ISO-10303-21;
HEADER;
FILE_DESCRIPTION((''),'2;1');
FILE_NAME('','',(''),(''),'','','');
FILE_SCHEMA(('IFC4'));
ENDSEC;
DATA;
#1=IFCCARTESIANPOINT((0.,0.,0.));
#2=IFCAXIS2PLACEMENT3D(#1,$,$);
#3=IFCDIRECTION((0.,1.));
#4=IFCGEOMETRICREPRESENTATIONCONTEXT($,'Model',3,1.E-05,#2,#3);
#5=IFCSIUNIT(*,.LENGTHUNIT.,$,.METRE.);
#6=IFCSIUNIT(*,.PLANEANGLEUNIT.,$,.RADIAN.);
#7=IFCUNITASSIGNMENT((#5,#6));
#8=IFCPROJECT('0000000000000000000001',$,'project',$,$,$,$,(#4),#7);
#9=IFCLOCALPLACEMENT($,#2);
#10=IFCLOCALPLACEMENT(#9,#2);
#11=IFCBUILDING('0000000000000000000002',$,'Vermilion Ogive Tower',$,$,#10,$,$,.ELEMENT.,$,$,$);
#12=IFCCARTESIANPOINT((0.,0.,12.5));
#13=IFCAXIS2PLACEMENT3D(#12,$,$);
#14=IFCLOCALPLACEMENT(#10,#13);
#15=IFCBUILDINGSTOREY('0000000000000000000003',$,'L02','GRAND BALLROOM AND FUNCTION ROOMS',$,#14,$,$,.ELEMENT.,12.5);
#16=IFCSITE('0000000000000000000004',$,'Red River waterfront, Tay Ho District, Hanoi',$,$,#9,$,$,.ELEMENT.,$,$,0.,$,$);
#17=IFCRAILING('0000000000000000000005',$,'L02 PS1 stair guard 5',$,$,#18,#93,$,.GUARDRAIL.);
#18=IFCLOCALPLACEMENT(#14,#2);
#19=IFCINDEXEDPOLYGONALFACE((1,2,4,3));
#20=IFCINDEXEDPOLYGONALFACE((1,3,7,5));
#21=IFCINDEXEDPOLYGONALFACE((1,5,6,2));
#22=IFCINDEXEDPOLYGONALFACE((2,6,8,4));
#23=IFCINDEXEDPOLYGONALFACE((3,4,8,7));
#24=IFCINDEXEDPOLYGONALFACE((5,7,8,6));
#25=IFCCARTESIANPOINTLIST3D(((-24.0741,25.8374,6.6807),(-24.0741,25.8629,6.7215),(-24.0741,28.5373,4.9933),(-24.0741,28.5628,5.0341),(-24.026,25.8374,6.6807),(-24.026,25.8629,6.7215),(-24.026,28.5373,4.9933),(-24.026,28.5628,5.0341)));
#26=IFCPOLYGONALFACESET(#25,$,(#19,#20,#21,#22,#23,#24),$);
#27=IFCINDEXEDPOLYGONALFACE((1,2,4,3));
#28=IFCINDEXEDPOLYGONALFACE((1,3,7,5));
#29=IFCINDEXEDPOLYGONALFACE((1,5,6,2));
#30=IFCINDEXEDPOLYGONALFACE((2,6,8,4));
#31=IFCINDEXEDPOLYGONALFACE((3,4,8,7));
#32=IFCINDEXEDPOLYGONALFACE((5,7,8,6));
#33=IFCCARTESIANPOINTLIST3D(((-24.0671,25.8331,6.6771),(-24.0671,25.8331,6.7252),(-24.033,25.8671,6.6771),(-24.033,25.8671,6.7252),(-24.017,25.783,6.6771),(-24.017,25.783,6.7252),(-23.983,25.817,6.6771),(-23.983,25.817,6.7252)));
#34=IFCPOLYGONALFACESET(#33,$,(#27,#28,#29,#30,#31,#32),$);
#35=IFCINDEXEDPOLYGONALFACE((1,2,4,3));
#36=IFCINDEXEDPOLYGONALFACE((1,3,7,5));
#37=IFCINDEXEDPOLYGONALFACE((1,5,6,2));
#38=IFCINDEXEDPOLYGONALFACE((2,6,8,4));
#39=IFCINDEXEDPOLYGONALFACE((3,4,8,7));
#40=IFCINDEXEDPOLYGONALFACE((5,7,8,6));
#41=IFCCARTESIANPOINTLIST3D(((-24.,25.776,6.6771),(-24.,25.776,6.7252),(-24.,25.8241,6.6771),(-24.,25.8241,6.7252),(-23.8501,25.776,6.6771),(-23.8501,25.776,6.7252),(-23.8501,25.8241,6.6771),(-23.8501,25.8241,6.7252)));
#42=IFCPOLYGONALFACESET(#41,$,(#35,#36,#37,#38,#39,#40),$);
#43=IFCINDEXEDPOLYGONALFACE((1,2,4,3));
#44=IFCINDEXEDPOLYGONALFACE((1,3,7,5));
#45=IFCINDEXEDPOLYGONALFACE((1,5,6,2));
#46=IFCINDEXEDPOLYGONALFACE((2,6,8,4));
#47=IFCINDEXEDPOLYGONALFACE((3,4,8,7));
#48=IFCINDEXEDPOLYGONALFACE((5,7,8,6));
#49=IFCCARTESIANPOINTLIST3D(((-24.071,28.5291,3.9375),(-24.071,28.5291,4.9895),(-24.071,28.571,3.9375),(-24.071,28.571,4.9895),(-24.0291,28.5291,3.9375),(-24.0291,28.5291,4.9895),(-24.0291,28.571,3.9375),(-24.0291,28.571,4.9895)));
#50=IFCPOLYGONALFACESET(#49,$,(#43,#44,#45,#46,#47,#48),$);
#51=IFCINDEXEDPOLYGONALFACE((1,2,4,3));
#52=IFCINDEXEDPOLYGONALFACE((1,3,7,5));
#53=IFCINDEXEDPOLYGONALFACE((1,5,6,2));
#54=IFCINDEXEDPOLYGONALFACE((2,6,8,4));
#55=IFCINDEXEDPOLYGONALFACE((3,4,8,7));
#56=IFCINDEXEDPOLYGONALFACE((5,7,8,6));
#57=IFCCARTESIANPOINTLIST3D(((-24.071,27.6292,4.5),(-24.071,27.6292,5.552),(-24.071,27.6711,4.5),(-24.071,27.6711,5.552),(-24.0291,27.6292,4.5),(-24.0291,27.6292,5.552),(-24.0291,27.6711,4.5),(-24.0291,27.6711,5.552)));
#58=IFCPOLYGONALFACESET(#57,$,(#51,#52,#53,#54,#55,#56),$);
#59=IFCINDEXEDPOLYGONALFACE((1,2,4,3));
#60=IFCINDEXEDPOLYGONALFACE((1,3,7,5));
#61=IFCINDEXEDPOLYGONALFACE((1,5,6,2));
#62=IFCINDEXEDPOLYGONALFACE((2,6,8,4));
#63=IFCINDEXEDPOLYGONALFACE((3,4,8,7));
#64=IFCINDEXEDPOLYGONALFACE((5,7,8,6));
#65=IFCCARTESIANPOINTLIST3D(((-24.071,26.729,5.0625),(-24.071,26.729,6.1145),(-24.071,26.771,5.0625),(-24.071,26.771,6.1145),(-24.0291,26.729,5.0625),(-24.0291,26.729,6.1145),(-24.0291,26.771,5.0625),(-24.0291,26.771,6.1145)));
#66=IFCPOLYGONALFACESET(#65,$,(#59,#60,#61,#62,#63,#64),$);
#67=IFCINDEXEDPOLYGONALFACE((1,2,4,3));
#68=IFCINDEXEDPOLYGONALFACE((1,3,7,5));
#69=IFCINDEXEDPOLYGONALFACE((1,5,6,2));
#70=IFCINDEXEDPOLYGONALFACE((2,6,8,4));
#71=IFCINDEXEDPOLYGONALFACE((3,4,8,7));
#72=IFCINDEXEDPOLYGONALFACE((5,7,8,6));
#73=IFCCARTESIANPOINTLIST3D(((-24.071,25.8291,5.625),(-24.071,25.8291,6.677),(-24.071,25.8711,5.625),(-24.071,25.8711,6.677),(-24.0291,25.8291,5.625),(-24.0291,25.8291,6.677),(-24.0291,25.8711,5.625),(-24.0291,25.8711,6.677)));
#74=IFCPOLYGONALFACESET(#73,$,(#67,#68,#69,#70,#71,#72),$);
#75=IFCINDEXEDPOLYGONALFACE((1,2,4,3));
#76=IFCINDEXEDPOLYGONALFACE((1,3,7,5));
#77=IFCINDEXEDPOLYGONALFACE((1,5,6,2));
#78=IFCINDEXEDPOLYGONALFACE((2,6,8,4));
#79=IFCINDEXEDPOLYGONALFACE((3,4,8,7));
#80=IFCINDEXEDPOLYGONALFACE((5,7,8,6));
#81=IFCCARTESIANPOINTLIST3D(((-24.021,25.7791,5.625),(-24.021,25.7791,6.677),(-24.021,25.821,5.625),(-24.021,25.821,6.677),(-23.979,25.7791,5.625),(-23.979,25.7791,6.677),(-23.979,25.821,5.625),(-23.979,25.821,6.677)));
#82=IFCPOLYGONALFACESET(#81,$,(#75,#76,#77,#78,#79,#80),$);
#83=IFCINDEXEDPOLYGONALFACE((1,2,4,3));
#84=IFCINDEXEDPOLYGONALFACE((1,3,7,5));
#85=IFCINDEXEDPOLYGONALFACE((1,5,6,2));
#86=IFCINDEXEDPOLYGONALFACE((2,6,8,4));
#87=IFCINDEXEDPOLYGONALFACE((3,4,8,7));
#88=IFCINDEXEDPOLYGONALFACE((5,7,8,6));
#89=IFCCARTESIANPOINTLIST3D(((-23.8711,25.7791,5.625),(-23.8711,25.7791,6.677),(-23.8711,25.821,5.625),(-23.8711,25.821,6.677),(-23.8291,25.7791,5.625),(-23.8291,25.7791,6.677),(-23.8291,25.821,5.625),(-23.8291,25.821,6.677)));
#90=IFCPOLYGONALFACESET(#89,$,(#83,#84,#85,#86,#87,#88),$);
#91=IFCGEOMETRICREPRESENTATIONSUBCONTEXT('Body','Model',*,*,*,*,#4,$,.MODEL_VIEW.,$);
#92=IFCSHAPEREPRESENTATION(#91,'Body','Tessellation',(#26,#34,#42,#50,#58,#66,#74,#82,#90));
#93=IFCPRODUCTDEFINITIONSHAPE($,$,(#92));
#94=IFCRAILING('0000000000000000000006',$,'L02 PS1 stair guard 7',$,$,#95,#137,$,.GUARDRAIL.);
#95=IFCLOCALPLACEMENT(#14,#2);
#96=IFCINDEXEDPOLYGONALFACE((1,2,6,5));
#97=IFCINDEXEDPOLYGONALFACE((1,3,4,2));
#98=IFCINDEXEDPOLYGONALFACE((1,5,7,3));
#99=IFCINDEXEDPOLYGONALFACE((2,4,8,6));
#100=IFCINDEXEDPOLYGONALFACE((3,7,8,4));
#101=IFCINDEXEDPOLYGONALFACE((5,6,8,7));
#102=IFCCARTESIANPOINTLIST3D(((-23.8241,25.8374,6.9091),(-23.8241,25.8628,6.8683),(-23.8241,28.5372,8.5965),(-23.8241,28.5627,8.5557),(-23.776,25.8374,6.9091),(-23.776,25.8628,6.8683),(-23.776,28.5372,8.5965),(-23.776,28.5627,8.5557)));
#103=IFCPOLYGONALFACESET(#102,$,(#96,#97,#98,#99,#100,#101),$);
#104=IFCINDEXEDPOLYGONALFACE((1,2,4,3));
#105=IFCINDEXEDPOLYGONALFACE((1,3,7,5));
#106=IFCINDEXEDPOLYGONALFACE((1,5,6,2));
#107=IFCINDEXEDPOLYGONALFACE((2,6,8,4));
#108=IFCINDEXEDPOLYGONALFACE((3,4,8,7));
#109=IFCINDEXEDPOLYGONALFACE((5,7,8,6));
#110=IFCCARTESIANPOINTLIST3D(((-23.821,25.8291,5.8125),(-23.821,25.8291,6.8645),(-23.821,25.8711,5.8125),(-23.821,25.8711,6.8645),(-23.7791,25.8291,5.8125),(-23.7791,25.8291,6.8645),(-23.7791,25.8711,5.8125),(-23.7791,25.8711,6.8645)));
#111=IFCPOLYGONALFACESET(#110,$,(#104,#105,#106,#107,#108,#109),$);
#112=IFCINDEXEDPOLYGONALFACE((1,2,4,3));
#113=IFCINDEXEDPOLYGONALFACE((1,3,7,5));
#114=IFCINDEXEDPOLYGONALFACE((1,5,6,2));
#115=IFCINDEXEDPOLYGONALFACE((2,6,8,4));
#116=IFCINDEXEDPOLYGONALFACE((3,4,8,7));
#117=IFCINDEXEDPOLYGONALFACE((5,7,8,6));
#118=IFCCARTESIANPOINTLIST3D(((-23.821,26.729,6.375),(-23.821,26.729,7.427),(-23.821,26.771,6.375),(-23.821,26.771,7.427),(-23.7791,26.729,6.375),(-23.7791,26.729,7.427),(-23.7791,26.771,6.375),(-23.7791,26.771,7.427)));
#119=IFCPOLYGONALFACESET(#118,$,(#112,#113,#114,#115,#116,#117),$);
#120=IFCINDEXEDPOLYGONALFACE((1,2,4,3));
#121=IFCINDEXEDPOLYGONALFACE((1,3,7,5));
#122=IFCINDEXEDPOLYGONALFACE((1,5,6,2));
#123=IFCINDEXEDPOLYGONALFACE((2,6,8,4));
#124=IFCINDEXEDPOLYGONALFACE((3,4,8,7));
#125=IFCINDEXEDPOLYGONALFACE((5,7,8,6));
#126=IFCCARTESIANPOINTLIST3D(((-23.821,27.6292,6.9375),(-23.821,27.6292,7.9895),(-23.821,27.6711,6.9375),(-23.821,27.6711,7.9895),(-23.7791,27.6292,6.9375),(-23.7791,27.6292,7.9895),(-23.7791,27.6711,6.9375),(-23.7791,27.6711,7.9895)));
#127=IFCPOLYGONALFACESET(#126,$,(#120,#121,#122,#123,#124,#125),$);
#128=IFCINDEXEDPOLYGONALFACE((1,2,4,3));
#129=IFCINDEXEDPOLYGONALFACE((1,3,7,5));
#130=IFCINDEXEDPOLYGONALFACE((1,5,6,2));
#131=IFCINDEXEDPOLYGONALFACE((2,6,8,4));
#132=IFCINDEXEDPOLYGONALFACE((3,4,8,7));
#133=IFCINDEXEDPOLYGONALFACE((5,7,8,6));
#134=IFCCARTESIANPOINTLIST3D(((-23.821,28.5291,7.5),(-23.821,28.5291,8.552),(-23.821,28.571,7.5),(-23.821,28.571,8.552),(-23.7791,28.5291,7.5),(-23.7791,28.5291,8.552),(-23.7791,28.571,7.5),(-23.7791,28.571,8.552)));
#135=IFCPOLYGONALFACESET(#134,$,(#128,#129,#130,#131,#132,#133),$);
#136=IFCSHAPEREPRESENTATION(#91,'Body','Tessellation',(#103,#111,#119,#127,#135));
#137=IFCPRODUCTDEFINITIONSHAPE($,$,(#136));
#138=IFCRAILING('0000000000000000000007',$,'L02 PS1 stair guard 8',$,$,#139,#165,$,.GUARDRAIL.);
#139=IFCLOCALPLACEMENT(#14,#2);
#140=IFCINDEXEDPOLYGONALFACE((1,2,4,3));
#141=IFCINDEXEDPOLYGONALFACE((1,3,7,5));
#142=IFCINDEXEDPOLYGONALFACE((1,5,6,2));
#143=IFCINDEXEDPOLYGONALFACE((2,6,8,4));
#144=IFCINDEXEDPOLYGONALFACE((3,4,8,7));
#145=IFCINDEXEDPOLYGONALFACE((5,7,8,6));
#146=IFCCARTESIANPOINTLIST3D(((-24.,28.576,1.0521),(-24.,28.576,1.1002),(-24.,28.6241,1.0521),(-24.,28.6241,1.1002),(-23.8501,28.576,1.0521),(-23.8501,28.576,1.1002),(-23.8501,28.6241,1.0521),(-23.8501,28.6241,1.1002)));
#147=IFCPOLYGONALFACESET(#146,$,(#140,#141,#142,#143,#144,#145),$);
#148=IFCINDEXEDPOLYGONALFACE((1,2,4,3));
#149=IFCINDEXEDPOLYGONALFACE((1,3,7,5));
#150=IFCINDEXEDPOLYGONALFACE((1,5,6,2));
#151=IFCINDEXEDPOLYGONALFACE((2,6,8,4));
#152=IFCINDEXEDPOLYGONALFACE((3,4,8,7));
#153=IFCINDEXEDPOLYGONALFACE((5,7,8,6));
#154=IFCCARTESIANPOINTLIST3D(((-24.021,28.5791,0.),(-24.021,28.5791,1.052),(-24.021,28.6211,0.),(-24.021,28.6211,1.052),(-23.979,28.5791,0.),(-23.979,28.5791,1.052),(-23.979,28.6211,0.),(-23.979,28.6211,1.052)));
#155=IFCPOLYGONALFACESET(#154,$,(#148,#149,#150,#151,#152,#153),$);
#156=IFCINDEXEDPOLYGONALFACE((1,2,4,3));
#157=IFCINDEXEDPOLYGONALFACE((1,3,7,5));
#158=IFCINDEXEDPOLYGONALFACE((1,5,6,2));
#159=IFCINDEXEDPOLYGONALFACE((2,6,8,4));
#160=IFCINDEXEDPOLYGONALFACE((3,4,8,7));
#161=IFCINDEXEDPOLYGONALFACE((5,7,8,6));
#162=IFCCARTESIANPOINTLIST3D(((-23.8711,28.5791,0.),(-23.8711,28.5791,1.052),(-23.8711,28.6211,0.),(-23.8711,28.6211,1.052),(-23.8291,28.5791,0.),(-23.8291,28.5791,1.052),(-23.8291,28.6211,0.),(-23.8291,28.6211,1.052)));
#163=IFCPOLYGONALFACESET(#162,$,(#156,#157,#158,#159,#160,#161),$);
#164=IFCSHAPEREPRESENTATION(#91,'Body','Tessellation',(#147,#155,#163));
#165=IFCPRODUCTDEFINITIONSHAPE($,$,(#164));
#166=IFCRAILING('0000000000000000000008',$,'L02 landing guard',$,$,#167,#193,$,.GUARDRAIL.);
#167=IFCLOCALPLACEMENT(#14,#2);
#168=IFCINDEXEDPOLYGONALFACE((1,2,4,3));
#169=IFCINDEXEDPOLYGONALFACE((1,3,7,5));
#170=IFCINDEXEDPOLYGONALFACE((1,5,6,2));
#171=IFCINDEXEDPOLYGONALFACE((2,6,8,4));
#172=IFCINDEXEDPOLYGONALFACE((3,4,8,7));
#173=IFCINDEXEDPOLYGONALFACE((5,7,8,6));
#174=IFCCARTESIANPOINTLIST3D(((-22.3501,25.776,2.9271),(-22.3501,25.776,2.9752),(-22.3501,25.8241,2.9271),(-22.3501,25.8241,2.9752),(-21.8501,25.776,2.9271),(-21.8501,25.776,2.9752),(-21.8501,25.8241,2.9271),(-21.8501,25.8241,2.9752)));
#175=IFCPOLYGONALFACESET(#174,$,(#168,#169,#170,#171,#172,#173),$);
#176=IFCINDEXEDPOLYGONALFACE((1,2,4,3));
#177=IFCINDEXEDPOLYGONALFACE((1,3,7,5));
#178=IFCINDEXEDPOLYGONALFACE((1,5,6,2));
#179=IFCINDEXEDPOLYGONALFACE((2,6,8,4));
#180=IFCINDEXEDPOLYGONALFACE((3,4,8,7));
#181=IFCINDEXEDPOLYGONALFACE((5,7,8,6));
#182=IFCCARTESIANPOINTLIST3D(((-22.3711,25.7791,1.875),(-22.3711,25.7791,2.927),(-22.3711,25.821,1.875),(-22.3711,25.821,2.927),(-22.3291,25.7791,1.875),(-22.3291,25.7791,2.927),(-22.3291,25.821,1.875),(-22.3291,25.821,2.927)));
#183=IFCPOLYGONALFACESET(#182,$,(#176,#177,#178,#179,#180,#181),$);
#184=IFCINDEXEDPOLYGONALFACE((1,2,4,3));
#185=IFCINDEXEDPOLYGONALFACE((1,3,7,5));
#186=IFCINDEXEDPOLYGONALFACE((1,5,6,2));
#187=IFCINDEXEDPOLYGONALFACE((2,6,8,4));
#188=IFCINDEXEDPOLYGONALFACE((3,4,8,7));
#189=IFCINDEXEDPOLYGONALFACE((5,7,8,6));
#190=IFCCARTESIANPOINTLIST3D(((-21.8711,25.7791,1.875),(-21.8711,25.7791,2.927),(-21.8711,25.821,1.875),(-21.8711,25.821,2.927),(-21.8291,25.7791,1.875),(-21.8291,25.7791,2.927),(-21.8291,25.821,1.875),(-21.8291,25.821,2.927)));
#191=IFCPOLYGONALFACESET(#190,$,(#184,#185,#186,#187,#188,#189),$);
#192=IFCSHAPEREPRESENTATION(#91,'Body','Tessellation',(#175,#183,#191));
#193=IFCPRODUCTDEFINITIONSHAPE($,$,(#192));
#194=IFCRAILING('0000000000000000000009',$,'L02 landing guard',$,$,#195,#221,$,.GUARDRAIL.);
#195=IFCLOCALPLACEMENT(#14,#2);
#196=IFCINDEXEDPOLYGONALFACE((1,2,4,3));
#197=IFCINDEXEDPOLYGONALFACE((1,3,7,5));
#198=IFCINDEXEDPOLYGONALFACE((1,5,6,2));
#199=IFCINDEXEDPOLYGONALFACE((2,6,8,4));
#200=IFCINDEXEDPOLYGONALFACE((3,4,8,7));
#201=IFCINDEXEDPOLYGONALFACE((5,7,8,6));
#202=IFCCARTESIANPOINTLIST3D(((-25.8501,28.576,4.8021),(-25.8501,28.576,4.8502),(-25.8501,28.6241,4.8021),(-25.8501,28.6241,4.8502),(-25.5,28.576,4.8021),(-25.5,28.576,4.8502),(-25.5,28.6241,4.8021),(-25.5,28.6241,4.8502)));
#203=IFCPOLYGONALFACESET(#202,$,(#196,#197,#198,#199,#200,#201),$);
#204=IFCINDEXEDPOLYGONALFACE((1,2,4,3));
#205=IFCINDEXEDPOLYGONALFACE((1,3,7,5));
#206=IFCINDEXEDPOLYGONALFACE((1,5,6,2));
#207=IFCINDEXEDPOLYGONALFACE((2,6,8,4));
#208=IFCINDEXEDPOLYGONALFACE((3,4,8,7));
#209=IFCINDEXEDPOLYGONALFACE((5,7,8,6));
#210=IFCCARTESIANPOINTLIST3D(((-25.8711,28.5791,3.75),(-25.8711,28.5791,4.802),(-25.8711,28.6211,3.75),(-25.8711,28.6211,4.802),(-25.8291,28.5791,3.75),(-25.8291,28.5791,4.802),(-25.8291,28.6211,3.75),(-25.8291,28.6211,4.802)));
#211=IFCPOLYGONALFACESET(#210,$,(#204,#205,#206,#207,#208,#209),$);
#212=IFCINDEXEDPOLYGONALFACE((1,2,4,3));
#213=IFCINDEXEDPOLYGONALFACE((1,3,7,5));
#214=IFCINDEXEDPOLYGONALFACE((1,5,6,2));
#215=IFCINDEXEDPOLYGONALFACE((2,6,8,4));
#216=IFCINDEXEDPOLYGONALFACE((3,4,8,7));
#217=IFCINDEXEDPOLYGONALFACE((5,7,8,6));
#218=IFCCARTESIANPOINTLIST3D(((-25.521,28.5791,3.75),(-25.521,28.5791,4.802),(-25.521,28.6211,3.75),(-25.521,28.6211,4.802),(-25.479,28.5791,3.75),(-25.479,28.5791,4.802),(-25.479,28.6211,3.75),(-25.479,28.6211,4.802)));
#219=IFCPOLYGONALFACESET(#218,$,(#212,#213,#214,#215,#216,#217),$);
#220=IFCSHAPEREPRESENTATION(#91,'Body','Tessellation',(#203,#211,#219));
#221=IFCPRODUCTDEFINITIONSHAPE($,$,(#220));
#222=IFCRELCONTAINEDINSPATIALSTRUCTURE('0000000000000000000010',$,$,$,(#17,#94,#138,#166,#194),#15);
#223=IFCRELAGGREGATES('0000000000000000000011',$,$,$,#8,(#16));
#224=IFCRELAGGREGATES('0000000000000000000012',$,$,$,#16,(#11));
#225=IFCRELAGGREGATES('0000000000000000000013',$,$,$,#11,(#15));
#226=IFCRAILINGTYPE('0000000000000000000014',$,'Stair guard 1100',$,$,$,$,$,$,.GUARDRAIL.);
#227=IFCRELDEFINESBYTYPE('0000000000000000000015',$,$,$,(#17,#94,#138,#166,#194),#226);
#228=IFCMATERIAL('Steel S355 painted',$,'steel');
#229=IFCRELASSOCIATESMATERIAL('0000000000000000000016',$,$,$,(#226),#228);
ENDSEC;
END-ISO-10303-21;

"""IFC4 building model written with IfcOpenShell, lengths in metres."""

from ifc_helpers import new_model, si_unit, direction, frame, origin, origin_2d, place, context, subcontext, project, spatial, rectangle, extrude, material, type_object, element, save


model = new_model("IFC4")

# Units and contexts
model_context = context("Model", 3, precision=1e-05, world=origin(), true_north=direction((0.0, 1.0)))
body_context = subcontext(model_context, "Body", "Model", "MODEL_VIEW")
ifc_project = project(units=[si_unit("LENGTHUNIT", "METRE"), si_unit("PLANEANGLEUNIT", "RADIAN")], contexts=[model_context])

# Site, building, storey
site_placement = place(None, origin())
site = spatial("IfcSite", under=ifc_project, at=site_placement, Name="Red River waterfront, Tay Ho District, Hanoi", CompositionType="ELEMENT", RefElevation=0.0)
building_placement = place(site_placement, origin())
building = spatial("IfcBuilding", under=site, at=building_placement, Name="Vermilion Ogive Tower", CompositionType="ELEMENT")
storey_placement = place(building_placement, frame((0.0, 0.0, 12.5)))
storey = spatial("IfcBuildingStorey", under=building, at=storey_placement, Name="L02", Description="GRAND BALLROOM AND FUNCTION ROOMS", CompositionType="ELEMENT", Elevation=12.5)

# Railings
ifc_material_1 = material(Name="Steel S355 painted", Category="steel")
railing_type_1 = type_object("IfcRailingType", Name="Stair guard 1100", PredefinedType="GUARDRAIL", material=ifc_material_1)
railing_1_placement = place(storey_placement, frame((-24.05, 28.55, 3.9375)))
element("IfcRailing", 1, at=railing_1_placement, inside=storey, type_object=railing_type_1, Name="L02 PS1 stair guard 5", PredefinedType="GUARDRAIL", context=body_context, shape_type="SweptSolid", body=[
    extrude(rectangle(XDim=0.0481, YDim=0.0481, at=origin_2d()), frame((0.0, 0.0, 1.0762), z_axis=(0.0, -0.847994, 0.530006), x_axis=(1.0, 0.0, 0.0)), (0.0, 0.0, 1.0), 3.1838),
    extrude(rectangle(XDim=0.0481, YDim=0.0481, at=origin_2d()), frame((0.0, -2.7, 2.7637), z_axis=(0.707107, -0.707107, 0.0), x_axis=(0.707107, 0.707107, 0.0)), (0.0, 0.0, 1.0), 0.0708),
    extrude(rectangle(XDim=0.0481, YDim=0.0481, at=origin_2d()), frame((0.05, -2.75, 2.7637), z_axis=(1.0, 0.0, 0.0), x_axis=(0.0, 1.0, 0.0)), (0.0, 0.0, 1.0), 0.1499),
    extrude(rectangle(XDim=0.042, YDim=0.042, at=origin_2d()), origin(), (0.0, 0.0, 1.0), 1.052),
    extrude(rectangle(XDim=0.042, YDim=0.042, at=origin_2d()), frame((0.0, -0.8999, 0.5625)), (0.0, 0.0, 1.0), 1.052),
    extrude(rectangle(XDim=0.042, YDim=0.042, at=origin_2d()), frame((0.0, -1.8, 1.125)), (0.0, 0.0, 1.0), 1.052),
    extrude(rectangle(XDim=0.042, YDim=0.042, at=origin_2d()), frame((0.0, -2.7, 1.6875)), (0.0, 0.0, 1.0), 1.052),
    extrude(rectangle(XDim=0.042, YDim=0.042, at=origin_2d()), frame((0.05, -2.75, 1.6875)), (0.0, 0.0, 1.0), 1.052),
    extrude(rectangle(XDim=0.042, YDim=0.042, at=origin_2d()), frame((0.2, -2.75, 1.6875)), (0.0, 0.0, 1.0), 1.052),
])
railing_2_placement = place(storey_placement, frame((-23.8, 25.8501, 5.8125)))
element("IfcRailing", 2, at=railing_2_placement, inside=storey, type_object=railing_type_1, Name="L02 PS1 stair guard 7", PredefinedType="GUARDRAIL", context=body_context, shape_type="SweptSolid", body=[
    extrude(rectangle(XDim=0.0481, YDim=0.0481, at=origin_2d()), frame((0.0, 0.0, 1.0762), z_axis=(0.0, 0.847994, 0.530006), x_axis=(-1.0, 0.0, 0.0)), (0.0, 0.0, 1.0), 3.1838),
    extrude(rectangle(XDim=0.042, YDim=0.042, at=origin_2d()), origin(), (0.0, 0.0, 1.0), 1.052),
    extrude(rectangle(XDim=0.042, YDim=0.042, at=origin_2d()), frame((0.0, 0.8999, 0.5625)), (0.0, 0.0, 1.0), 1.052),
    extrude(rectangle(XDim=0.042, YDim=0.042, at=origin_2d()), frame((0.0, 1.8, 1.125)), (0.0, 0.0, 1.0), 1.052),
    extrude(rectangle(XDim=0.042, YDim=0.042, at=origin_2d()), frame((0.0, 2.7, 1.6875)), (0.0, 0.0, 1.0), 1.052),
])
railing_3_placement = place(storey_placement, frame((-24.0, 28.6001, 0.0)))
element("IfcRailing", 3, at=railing_3_placement, inside=storey, type_object=railing_type_1, Name="L02 PS1 stair guard 8", PredefinedType="GUARDRAIL", context=body_context, shape_type="SweptSolid", body=[
    extrude(rectangle(XDim=0.0481, YDim=0.0481, at=origin_2d()), frame((0.0, 0.0, 1.0762), z_axis=(1.0, 0.0, 0.0), x_axis=(0.0, 1.0, 0.0)), (0.0, 0.0, 1.0), 0.1499),
    extrude(rectangle(XDim=0.042, YDim=0.042, at=origin_2d()), origin(), (0.0, 0.0, 1.0), 1.052),
    extrude(rectangle(XDim=0.042, YDim=0.042, at=origin_2d()), frame((0.1499, 0.0, 0.0)), (0.0, 0.0, 1.0), 1.052),
])
railing_4_placement = place(storey_placement, frame((-22.3501, 25.8, 1.875)))
element("IfcRailing", 4, at=railing_4_placement, inside=storey, type_object=railing_type_1, Name="L02 landing guard", PredefinedType="GUARDRAIL", context=body_context, shape_type="SweptSolid", body=[
    extrude(rectangle(XDim=0.0481, YDim=0.0481, at=origin_2d()), frame((0.0, 0.0, 1.0762), z_axis=(1.0, 0.0, 0.0), x_axis=(0.0, 1.0, 0.0)), (0.0, 0.0, 1.0), 0.5),
    extrude(rectangle(XDim=0.042, YDim=0.042, at=origin_2d()), origin(), (0.0, 0.0, 1.0), 1.052),
    extrude(rectangle(XDim=0.042, YDim=0.042, at=origin_2d()), frame((0.5, 0.0, 0.0)), (0.0, 0.0, 1.0), 1.052),
])
railing_5_placement = place(storey_placement, frame((-25.8501, 28.6001, 3.75)))
element("IfcRailing", 5, at=railing_5_placement, inside=storey, type_object=railing_type_1, Name="L02 landing guard", PredefinedType="GUARDRAIL", context=body_context, shape_type="SweptSolid", body=[
    extrude(rectangle(XDim=0.0481, YDim=0.0481, at=origin_2d()), frame((0.0, 0.0, 1.0762), z_axis=(1.0, 0.0, 0.0), x_axis=(0.0, 1.0, 0.0)), (0.0, 0.0, 1.0), 0.3501),
    extrude(rectangle(XDim=0.042, YDim=0.042, at=origin_2d()), origin(), (0.0, 0.0, 1.0), 1.052),
    extrude(rectangle(XDim=0.042, YDim=0.042, at=origin_2d()), frame((0.3501, 0.0, 0.0)), (0.0, 0.0, 1.0), 1.052),
])

save(model, "model.ifc")
